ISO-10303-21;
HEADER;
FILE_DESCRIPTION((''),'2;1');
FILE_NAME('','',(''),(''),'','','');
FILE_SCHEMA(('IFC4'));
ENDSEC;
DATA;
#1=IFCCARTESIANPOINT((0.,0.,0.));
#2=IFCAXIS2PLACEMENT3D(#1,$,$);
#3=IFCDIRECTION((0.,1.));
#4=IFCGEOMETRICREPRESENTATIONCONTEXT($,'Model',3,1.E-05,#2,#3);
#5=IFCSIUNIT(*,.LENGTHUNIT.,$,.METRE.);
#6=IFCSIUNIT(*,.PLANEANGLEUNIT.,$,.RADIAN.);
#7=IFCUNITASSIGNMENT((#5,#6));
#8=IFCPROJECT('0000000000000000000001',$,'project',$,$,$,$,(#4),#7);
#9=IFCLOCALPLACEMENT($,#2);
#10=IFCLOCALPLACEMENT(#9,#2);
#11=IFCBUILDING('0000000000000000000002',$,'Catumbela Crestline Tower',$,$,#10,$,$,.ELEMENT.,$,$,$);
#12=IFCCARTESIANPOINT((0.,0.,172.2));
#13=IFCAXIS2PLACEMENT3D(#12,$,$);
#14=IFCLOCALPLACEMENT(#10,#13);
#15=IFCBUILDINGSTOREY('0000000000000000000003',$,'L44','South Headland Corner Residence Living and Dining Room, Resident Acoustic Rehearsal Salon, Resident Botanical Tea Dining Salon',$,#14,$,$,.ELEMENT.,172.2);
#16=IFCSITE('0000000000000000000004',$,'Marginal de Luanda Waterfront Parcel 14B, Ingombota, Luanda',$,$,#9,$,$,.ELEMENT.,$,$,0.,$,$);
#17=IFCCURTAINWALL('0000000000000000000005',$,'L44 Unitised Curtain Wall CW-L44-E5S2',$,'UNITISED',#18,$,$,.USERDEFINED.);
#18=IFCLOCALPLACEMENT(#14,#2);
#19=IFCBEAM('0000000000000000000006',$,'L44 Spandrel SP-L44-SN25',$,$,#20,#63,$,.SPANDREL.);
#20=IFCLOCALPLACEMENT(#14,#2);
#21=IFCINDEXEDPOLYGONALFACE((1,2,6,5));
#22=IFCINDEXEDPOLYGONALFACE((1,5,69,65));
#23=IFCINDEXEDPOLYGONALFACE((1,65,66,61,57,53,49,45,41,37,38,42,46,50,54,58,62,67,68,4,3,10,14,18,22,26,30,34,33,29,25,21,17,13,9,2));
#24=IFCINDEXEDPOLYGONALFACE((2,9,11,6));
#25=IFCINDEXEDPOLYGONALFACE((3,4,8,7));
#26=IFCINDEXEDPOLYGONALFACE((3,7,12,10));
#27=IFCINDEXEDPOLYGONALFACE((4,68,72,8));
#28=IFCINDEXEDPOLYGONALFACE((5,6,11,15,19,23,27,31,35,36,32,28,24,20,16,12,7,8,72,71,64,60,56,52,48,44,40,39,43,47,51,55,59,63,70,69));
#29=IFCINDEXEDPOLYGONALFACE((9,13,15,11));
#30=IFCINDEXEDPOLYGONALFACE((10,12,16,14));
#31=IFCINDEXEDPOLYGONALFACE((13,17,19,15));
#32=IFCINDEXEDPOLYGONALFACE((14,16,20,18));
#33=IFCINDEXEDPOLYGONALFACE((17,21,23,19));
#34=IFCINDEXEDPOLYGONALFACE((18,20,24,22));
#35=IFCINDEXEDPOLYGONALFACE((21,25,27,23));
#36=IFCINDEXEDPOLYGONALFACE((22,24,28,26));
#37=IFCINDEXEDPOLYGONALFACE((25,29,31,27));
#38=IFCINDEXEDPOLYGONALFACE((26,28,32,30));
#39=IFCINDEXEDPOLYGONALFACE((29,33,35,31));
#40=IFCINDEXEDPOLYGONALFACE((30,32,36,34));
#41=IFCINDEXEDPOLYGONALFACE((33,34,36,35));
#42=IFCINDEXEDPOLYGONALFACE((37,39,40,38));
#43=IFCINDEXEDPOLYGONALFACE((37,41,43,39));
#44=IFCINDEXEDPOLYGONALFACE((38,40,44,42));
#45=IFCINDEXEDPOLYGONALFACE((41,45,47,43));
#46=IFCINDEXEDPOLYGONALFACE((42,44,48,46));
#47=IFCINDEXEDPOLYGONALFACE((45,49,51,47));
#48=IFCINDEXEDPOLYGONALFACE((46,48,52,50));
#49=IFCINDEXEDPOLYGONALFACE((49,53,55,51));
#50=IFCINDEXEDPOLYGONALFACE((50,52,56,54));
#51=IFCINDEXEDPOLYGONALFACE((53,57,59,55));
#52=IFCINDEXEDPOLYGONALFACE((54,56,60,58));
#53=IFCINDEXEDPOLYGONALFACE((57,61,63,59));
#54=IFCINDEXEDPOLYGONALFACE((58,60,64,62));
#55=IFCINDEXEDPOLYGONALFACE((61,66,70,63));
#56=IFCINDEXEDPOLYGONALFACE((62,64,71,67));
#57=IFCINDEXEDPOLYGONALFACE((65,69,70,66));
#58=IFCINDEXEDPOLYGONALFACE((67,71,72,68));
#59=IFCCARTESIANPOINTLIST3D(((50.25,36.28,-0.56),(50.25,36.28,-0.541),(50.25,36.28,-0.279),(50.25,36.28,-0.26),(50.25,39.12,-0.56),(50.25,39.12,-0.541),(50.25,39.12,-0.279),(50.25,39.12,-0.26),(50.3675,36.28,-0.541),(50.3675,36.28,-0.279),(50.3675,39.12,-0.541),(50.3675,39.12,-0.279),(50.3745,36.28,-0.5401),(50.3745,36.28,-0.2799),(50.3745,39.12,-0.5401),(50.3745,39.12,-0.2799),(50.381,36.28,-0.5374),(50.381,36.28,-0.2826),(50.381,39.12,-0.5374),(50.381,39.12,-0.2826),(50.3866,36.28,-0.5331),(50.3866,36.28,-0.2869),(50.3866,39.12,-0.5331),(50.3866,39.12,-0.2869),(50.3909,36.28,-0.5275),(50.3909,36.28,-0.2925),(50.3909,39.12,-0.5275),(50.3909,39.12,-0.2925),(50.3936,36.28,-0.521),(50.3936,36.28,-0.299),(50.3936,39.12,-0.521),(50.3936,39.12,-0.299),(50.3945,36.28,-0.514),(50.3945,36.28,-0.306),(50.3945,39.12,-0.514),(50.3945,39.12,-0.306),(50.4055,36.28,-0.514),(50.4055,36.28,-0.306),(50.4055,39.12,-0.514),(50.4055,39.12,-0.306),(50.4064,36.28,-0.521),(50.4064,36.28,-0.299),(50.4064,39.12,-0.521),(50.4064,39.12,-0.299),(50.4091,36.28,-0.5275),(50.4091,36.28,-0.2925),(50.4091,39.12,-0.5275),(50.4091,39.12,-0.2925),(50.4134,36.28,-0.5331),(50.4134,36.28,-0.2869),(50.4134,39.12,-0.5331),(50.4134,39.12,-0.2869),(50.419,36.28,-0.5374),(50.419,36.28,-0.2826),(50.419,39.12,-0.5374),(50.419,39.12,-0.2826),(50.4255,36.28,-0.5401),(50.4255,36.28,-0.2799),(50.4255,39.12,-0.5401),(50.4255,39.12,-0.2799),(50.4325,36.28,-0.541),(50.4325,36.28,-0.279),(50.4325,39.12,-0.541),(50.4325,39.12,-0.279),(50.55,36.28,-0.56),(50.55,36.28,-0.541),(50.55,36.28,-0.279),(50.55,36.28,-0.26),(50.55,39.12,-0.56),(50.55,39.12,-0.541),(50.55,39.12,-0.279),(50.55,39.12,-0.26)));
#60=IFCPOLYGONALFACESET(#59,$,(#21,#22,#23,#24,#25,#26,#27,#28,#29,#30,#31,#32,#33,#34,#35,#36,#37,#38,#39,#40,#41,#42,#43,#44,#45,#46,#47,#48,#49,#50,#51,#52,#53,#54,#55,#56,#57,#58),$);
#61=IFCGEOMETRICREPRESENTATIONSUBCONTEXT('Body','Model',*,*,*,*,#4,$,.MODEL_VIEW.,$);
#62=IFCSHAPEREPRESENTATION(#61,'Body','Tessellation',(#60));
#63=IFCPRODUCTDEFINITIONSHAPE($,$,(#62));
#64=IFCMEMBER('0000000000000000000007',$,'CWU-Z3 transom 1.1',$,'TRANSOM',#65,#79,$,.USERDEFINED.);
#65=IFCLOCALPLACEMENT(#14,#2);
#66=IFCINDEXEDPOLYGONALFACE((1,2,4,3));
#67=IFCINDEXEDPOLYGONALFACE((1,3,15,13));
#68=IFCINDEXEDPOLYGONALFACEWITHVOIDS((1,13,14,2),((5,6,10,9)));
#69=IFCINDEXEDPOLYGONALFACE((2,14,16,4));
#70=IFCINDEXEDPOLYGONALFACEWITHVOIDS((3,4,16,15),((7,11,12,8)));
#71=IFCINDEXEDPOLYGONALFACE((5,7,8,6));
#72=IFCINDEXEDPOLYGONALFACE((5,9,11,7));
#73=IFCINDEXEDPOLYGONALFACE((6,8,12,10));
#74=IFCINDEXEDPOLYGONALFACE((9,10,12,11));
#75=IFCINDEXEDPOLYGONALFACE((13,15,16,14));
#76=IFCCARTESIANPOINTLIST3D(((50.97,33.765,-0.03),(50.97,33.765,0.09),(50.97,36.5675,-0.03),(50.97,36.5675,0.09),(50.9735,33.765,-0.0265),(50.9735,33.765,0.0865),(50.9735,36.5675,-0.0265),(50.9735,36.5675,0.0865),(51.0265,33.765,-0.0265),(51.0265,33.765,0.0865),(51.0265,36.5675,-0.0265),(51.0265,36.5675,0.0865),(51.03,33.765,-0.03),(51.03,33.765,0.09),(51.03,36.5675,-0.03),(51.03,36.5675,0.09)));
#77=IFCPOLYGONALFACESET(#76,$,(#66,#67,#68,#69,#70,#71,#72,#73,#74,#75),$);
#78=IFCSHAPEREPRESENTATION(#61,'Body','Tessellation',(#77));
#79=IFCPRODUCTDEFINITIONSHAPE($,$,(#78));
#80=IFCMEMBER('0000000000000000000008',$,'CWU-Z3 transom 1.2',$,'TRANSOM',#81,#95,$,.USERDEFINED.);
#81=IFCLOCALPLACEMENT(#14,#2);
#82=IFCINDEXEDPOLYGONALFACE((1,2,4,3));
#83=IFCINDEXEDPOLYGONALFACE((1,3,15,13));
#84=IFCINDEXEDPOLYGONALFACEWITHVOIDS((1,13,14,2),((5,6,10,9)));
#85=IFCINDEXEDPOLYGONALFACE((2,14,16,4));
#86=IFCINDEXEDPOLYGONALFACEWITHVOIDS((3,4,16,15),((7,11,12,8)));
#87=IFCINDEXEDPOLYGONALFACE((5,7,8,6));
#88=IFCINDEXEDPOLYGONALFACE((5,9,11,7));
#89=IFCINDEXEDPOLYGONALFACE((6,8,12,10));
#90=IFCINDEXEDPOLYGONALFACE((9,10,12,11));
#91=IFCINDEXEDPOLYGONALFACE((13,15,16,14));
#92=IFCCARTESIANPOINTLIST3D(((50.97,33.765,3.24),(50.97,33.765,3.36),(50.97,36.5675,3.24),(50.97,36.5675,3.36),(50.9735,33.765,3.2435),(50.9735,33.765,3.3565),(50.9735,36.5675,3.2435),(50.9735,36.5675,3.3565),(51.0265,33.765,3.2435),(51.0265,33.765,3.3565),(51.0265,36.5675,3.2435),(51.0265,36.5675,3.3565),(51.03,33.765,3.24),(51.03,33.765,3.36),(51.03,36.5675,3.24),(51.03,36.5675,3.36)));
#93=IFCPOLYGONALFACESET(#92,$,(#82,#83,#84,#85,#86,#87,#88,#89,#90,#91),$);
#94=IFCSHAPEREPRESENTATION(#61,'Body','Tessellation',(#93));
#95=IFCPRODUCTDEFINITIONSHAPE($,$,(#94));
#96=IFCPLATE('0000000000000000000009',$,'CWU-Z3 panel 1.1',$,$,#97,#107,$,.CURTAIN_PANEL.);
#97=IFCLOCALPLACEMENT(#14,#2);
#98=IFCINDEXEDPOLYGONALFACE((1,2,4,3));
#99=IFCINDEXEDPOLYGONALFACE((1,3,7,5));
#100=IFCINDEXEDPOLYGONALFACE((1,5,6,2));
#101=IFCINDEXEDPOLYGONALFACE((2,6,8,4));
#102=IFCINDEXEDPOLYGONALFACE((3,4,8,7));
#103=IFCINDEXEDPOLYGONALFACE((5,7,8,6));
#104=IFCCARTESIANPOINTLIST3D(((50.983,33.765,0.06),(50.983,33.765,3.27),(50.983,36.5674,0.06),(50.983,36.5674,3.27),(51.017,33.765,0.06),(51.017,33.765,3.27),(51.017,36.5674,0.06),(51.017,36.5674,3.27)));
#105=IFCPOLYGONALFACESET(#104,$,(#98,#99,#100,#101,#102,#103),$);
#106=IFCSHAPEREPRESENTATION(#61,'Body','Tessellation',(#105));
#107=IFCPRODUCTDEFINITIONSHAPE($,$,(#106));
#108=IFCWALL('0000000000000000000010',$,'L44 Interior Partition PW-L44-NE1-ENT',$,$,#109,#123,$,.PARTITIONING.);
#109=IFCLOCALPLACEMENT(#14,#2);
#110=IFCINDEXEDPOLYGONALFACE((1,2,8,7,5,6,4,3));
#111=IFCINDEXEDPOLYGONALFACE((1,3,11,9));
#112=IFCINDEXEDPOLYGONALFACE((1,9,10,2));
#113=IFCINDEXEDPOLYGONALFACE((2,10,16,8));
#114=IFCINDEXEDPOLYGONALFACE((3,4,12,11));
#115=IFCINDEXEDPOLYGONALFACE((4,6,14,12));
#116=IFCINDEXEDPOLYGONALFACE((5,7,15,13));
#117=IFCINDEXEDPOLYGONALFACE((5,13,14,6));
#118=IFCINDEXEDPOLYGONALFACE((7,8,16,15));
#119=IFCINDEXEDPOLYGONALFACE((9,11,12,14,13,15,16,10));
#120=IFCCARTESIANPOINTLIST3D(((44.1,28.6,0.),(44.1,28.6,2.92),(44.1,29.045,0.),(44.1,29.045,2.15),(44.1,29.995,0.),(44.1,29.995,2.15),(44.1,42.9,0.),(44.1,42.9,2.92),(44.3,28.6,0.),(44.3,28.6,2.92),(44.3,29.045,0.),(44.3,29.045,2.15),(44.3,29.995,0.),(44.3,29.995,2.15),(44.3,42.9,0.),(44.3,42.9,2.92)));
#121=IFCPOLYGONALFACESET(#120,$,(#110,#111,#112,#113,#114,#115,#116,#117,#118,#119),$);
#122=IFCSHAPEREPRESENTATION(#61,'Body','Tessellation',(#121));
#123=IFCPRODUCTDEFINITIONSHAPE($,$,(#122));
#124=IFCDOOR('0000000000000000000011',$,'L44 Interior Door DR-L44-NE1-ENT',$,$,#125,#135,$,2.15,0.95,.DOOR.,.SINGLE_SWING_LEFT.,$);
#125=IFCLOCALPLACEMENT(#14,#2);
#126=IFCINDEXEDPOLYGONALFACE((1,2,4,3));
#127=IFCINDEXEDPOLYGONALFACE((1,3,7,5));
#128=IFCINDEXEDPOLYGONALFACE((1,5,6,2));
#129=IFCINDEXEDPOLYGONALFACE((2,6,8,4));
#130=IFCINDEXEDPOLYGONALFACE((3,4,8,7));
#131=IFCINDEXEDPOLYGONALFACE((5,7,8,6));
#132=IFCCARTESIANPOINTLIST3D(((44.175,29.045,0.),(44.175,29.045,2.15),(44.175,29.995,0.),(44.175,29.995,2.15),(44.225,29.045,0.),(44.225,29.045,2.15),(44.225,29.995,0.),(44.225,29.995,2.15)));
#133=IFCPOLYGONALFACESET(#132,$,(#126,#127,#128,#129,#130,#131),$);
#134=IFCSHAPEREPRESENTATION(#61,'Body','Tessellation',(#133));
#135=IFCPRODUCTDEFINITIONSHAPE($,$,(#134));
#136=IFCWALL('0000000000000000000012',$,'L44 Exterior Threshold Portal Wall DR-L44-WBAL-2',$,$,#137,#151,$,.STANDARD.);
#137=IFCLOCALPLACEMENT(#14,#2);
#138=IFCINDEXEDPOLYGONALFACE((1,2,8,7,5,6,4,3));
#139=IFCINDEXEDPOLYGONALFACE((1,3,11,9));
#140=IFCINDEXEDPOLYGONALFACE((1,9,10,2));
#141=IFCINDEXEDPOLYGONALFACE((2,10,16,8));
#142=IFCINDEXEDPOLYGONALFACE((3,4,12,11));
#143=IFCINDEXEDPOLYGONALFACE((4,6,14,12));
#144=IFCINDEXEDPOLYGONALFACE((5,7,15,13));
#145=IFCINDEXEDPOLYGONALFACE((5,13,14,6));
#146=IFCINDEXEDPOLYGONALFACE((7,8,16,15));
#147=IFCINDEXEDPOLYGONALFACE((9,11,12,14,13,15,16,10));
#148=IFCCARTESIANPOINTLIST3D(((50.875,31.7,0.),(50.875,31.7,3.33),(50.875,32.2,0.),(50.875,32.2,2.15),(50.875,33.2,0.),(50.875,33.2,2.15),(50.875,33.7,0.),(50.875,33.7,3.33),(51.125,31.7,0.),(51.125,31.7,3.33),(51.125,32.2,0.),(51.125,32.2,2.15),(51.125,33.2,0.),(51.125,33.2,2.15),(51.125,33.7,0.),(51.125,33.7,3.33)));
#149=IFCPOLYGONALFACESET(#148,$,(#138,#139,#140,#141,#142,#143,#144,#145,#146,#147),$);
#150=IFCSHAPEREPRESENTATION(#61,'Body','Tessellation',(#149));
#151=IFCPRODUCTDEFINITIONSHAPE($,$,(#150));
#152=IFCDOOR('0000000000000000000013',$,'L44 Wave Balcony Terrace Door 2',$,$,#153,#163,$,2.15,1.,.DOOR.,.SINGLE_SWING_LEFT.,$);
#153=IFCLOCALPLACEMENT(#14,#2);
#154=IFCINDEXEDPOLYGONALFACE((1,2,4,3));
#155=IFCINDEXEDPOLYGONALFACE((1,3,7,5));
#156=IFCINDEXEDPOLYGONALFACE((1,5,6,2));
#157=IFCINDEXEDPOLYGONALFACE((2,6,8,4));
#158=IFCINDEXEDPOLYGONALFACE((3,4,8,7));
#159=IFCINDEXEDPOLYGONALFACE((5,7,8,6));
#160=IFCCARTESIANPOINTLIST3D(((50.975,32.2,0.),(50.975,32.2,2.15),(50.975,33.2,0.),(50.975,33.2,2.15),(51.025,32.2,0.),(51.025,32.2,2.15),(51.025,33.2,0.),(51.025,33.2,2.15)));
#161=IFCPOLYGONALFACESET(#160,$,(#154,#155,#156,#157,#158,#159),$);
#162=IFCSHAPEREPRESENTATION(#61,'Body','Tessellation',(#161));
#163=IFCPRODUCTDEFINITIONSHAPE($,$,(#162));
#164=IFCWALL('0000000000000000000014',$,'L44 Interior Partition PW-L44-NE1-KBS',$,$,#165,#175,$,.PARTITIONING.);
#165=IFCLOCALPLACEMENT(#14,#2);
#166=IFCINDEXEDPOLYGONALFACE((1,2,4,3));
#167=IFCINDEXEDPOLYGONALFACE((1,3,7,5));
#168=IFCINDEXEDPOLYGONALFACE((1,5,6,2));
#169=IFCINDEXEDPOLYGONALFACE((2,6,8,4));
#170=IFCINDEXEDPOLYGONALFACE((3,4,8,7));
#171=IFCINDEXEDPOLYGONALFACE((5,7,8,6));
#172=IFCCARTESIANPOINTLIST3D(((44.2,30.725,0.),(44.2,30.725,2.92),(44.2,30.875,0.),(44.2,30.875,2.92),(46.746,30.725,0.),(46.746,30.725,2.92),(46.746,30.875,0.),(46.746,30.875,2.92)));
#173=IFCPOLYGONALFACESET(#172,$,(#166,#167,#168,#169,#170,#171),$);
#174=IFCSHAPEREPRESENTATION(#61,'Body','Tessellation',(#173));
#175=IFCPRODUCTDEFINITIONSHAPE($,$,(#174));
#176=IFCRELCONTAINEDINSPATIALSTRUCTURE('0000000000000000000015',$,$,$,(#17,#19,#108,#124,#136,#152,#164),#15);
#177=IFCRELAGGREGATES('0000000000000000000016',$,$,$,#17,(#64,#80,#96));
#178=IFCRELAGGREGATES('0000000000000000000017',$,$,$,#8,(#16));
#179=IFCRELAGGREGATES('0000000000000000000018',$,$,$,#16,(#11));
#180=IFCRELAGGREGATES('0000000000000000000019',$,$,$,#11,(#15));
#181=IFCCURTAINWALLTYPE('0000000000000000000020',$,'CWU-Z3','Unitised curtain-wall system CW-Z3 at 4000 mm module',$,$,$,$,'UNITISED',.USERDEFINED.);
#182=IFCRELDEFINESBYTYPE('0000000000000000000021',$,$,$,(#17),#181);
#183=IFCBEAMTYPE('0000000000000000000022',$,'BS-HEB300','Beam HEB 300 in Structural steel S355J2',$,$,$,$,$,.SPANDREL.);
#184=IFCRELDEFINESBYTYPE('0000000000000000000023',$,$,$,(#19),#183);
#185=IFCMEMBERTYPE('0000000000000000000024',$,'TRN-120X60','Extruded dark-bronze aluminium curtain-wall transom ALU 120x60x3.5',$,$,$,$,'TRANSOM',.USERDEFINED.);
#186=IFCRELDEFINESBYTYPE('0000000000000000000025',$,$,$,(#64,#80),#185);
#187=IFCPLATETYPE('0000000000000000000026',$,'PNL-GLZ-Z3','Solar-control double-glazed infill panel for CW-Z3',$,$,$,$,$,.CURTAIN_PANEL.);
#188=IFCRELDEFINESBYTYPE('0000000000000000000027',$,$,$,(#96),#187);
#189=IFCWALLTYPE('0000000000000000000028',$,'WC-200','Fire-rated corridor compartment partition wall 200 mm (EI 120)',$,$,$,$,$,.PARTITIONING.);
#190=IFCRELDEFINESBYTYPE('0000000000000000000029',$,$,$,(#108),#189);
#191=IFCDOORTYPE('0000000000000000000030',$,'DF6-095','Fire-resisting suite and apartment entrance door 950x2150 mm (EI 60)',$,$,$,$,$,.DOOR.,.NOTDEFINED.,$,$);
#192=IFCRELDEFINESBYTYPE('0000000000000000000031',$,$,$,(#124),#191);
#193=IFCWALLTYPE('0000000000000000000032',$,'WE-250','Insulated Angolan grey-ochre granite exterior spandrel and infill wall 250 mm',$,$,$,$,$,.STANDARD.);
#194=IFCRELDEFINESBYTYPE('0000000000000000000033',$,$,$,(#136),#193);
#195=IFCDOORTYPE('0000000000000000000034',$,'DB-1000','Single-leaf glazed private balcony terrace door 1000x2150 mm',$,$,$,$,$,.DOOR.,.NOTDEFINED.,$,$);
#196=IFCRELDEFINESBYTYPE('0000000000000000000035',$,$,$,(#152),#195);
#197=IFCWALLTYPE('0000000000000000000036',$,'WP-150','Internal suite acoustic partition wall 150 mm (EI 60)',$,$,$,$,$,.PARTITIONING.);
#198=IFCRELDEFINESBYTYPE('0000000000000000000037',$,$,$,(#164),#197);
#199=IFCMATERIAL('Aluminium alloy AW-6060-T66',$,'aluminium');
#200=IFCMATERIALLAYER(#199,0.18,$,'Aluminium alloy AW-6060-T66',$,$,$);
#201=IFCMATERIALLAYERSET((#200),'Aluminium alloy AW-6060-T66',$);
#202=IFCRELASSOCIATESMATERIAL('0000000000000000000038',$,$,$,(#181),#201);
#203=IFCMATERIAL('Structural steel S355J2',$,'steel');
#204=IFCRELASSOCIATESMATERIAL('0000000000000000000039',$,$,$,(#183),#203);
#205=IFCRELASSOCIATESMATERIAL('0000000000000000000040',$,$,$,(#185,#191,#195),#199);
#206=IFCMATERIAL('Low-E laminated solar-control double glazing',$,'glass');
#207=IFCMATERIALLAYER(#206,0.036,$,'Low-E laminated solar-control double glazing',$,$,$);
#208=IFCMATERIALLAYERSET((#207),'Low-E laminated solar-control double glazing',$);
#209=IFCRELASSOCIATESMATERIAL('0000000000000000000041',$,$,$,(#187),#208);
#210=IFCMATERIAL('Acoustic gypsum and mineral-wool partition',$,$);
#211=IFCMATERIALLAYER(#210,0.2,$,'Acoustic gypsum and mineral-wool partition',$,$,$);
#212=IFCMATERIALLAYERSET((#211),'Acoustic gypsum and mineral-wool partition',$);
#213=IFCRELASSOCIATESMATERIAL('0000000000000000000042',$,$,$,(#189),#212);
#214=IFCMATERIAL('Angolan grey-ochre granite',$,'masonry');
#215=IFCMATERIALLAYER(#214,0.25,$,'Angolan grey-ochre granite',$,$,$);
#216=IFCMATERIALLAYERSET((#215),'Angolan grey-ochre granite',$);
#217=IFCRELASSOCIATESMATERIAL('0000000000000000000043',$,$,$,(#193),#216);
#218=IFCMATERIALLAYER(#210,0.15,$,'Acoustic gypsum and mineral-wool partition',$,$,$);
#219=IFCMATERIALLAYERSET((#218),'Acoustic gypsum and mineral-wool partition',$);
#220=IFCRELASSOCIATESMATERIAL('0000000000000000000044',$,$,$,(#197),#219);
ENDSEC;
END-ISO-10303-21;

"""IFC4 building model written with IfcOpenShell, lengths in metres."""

from ifc_helpers import new_model, si_unit, direction, frame, frame_2d, origin, origin_2d, place, context, subcontext, project, spatial, rectangle, hollow_rectangle, i_section, extrude, material, layer, layer_set, material_profile, profile_set, type_object, element, fill, aggregate, save


model = new_model("IFC4")

# Units and contexts
model_context = context("Model", 3, precision=1e-05, world=origin(), true_north=direction((0.0, 1.0)))
body_context = subcontext(model_context, "Body", "Model", "MODEL_VIEW")
ifc_project = project(units=[si_unit("LENGTHUNIT", "METRE"), si_unit("PLANEANGLEUNIT", "RADIAN")], contexts=[model_context])

# Site, building, storey
site_placement = place(None, origin())
site = spatial("IfcSite", under=ifc_project, at=site_placement, Name="Marginal de Luanda Waterfront Parcel 14B, Ingombota, Luanda", CompositionType="ELEMENT", RefElevation=0.0)
building_placement = place(site_placement, origin())
building = spatial("IfcBuilding", under=site, at=building_placement, Name="Catumbela Crestline Tower", CompositionType="ELEMENT")
storey_placement = place(building_placement, frame((0.0, 0.0, 172.2)))
storey = spatial("IfcBuildingStorey", under=building, at=storey_placement, Name="L44", Description="South Headland Corner Residence Living and Dining Room, Resident Acoustic Rehearsal Salon, Resident Botanical Tea Dining Salon", CompositionType="ELEMENT", Elevation=172.2)

# Shared definitions
ifc_material_1 = material(Name="Structural steel S355J2", Category="steel")

# Curtain wall
ifc_material_2 = material(Name="Aluminium alloy AW-6060-T66", Category="aluminium")
ifc_layer_1 = layer(ifc_material_2, 0.18, Name="Aluminium alloy AW-6060-T66")
ifc_layer_set_1 = layer_set([ifc_layer_1], Name="Aluminium alloy AW-6060-T66")
curtain_wall_type = type_object("IfcCurtainWallType", Name="CWU-Z3", Description="Unitised curtain-wall system CW-Z3 at 4000 mm module", ElementType="UNITISED", PredefinedType="USERDEFINED", material=ifc_layer_set_1)
curtain_wall_placement = place(storey_placement, origin())
curtain_wall = element("IfcCurtainWall", 1, at=curtain_wall_placement, inside=storey, type_object=curtain_wall_type, Name="L44 Unitised Curtain Wall CW-L44-E5S2", ObjectType="UNITISED", PredefinedType="USERDEFINED")

# Beam
ifc_material_profile_1 = material_profile(ifc_material_1, i_section(OverallWidth=0.3, OverallDepth=0.3, WebThickness=0.011, FlangeThickness=0.019, FilletRadius=0.027, at=origin_2d()), Name="HEB 300")
ifc_profile_set_1 = profile_set([ifc_material_profile_1], Name="Structural steel S355J2")
beam_type_1 = type_object("IfcBeamType", Name="BS-HEB300", Description="Beam HEB 300 in Structural steel S355J2", PredefinedType="SPANDREL", material=ifc_profile_set_1)
beam_1_placement = place(storey_placement, frame((50.4, 36.28, -0.41), z_axis=(0.0, 1.0, 0.0), x_axis=(-1.0, 0.0, 0.0)))
element("IfcBeam", 2, at=beam_1_placement, inside=storey, type_object=beam_type_1, Name="L44 Spandrel SP-L44-SN25", PredefinedType="SPANDREL", context=body_context, shape_type="SweptSolid", body=[
    extrude(i_section(OverallWidth=0.3, OverallDepth=0.3, WebThickness=0.011, FlangeThickness=0.019, FilletRadius=0.027, at=origin_2d()), origin(), (0.0, 0.0, 1.0), 2.84),
])

# Members
ifc_material_profile_2 = material_profile(ifc_material_2, hollow_rectangle(XDim=0.06, YDim=0.12, WallThickness=0.0035, at=origin_2d()), Name="ALU 120x60x3.5")
ifc_profile_set_2 = profile_set([ifc_material_profile_2], Name="Aluminium alloy AW-6060-T66")
member_type_1 = type_object("IfcMemberType", Name="TRN-120X60", Description="Extruded dark-bronze aluminium curtain-wall transom ALU 120x60x3.5", ElementType="TRANSOM", PredefinedType="USERDEFINED", material=ifc_profile_set_2)
member_1_placement = place(storey_placement, frame((51.0, 33.765, 0.03), z_axis=(0.0, 1.0, 0.0), x_axis=(-1.0, 0.0, 0.0)))
member_1 = element("IfcMember", 3, at=member_1_placement, type_object=member_type_1, Name="CWU-Z3 transom 1.1", ObjectType="TRANSOM", PredefinedType="USERDEFINED", context=body_context, shape_type="SweptSolid", body=[
    extrude(hollow_rectangle(XDim=0.06, YDim=0.12, WallThickness=0.0035, at=origin_2d()), origin(), (0.0, 0.0, 1.0), 2.8025),
])
member_2_placement = place(storey_placement, frame((51.0, 33.765, 3.3), z_axis=(0.0, 1.0, 0.0), x_axis=(-1.0, 0.0, 0.0)))
member_2 = element("IfcMember", 4, at=member_2_placement, type_object=member_type_1, Name="CWU-Z3 transom 1.2", ObjectType="TRANSOM", PredefinedType="USERDEFINED", context=body_context, shape_type="SweptSolid", body=[
    extrude(hollow_rectangle(XDim=0.06, YDim=0.12, WallThickness=0.0035, at=origin_2d()), origin(), (0.0, 0.0, 1.0), 2.8025),
])

# Plate
ifc_material_3 = material(Name="Low-E laminated solar-control double glazing", Category="glass")
ifc_layer_2 = layer(ifc_material_3, 0.036, Name="Low-E laminated solar-control double glazing")
ifc_layer_set_2 = layer_set([ifc_layer_2], Name="Low-E laminated solar-control double glazing")
plate_type = type_object("IfcPlateType", Name="PNL-GLZ-Z3", Description="Solar-control double-glazed infill panel for CW-Z3", PredefinedType="CURTAIN_PANEL", material=ifc_layer_set_2)
plate_placement = place(storey_placement, frame((51.0, 35.1662, 0.06), z_axis=(0.0, 0.0, 1.0), x_axis=(0.0, 1.0, 0.0)))
plate = element("IfcPlate", 5, at=plate_placement, type_object=plate_type, Name="CWU-Z3 panel 1.1", PredefinedType="CURTAIN_PANEL", context=body_context, shape_type="SweptSolid", body=[
    extrude(rectangle(XDim=2.8025, YDim=0.034, at=origin_2d()), origin(), (0.0, 0.0, 1.0), 3.21),
])
aggregate(curtain_wall, [member_1, member_2, plate])

# Walls, openings, doors
ifc_material_4 = material(Name="Acoustic gypsum and mineral-wool partition")
ifc_layer_3 = layer(ifc_material_4, 0.2, Name="Acoustic gypsum and mineral-wool partition")
ifc_layer_set_3 = layer_set([ifc_layer_3], Name="Acoustic gypsum and mineral-wool partition")
wall_type_1 = type_object("IfcWallType", Name="WC-200", Description="Fire-rated corridor compartment partition wall 200 mm (EI 120)", PredefinedType="PARTITIONING", material=ifc_layer_set_3)
wall_1_placement = place(storey_placement, frame((44.2, 28.6, 0.0), z_axis=(0.0, 0.0, 1.0), x_axis=(0.0, 1.0, 0.0)))
wall_1 = element("IfcWall", 6, at=wall_1_placement, inside=storey, type_object=wall_type_1, Name="L44 Interior Partition PW-L44-NE1-ENT", PredefinedType="PARTITIONING", context=body_context, shape_type="SweptSolid", body=[
    extrude(rectangle(XDim=14.3, YDim=0.2, at=frame_2d((7.15, 0.0))), origin(), (0.0, 0.0, 1.0), 2.92),
])
opening_1_placement = place(wall_1_placement, frame((0.445, 0.0, 0.0)))
opening_1 = element("IfcOpeningElement", 7, at=opening_1_placement, cuts=wall_1, PredefinedType="OPENING", context=body_context, shape_type="SweptSolid", body=[
    extrude(rectangle(XDim=0.95, YDim=2.15, at=frame_2d((0.475, 1.075))), frame((0.0, 0.11, 0.0), z_axis=(0.0, -1.0, 0.0), x_axis=(1.0, 0.0, 0.0)), (0.0, 0.0, 1.0), 0.22),
])
door_type_1 = type_object("IfcDoorType", Name="DF6-095", Description="Fire-resisting suite and apartment entrance door 950x2150 mm (EI 60)", OperationType="NOTDEFINED", PredefinedType="DOOR", material=ifc_material_2)
door_1_placement = place(opening_1_placement, origin())
door_1 = element("IfcDoor", 8, at=door_1_placement, inside=storey, type_object=door_type_1, Name="L44 Interior Door DR-L44-NE1-ENT", OperationType="SINGLE_SWING_LEFT", OverallHeight=2.15, OverallWidth=0.95, PredefinedType="DOOR", context=body_context, shape_type="SweptSolid", body=[
    extrude(rectangle(XDim=0.95, YDim=2.15, at=frame_2d((0.475, 1.075))), frame((0.0, 0.025, 0.0), z_axis=(0.0, -1.0, 0.0), x_axis=(1.0, 0.0, 0.0)), (0.0, 0.0, 1.0), 0.05),
])
fill(opening_1, door_1)
ifc_material_5 = material(Name="Angolan grey-ochre granite", Category="masonry")
ifc_layer_4 = layer(ifc_material_5, 0.25, Name="Angolan grey-ochre granite")
ifc_layer_set_4 = layer_set([ifc_layer_4], Name="Angolan grey-ochre granite")
wall_type_2 = type_object("IfcWallType", Name="WE-250", Description="Insulated Angolan grey-ochre granite exterior spandrel and infill wall 250 mm", PredefinedType="STANDARD", material=ifc_layer_set_4)
wall_2_placement = place(storey_placement, frame((51.0, 31.7, 0.0), z_axis=(0.0, 0.0, 1.0), x_axis=(0.0, 1.0, 0.0)))
wall_2 = element("IfcWall", 9, at=wall_2_placement, inside=storey, type_object=wall_type_2, Name="L44 Exterior Threshold Portal Wall DR-L44-WBAL-2", PredefinedType="STANDARD", context=body_context, shape_type="SweptSolid", body=[
    extrude(rectangle(XDim=2.0, YDim=0.25, at=frame_2d((1.0, 0.0))), origin(), (0.0, 0.0, 1.0), 3.33),
])
opening_2_placement = place(wall_2_placement, frame((0.5, 0.0, 0.0)))
opening_2 = element("IfcOpeningElement", 10, at=opening_2_placement, cuts=wall_2, PredefinedType="OPENING", context=body_context, shape_type="SweptSolid", body=[
    extrude(rectangle(XDim=1.0, YDim=2.15, at=frame_2d((0.5, 1.075))), frame((0.0, 0.135, 0.0), z_axis=(0.0, -1.0, 0.0), x_axis=(1.0, 0.0, 0.0)), (0.0, 0.0, 1.0), 0.27),
])
door_type_2 = type_object("IfcDoorType", Name="DB-1000", Description="Single-leaf glazed private balcony terrace door 1000x2150 mm", OperationType="NOTDEFINED", PredefinedType="DOOR", material=ifc_material_2)
door_2_placement = place(opening_2_placement, origin())
door_2 = element("IfcDoor", 11, at=door_2_placement, inside=storey, type_object=door_type_2, Name="L44 Wave Balcony Terrace Door 2", OperationType="SINGLE_SWING_LEFT", OverallHeight=2.15, OverallWidth=1.0, PredefinedType="DOOR", context=body_context, shape_type="SweptSolid", body=[
    extrude(rectangle(XDim=1.0, YDim=2.15, at=frame_2d((0.5, 1.075))), frame((0.0, 0.025, 0.0), z_axis=(0.0, -1.0, 0.0), x_axis=(1.0, 0.0, 0.0)), (0.0, 0.0, 1.0), 0.05),
])
fill(opening_2, door_2)

# Wall
ifc_layer_5 = layer(ifc_material_4, 0.15, Name="Acoustic gypsum and mineral-wool partition")
ifc_layer_set_5 = layer_set([ifc_layer_5], Name="Acoustic gypsum and mineral-wool partition")
wall_type_3 = type_object("IfcWallType", Name="WP-150", Description="Internal suite acoustic partition wall 150 mm (EI 60)", PredefinedType="PARTITIONING", material=ifc_layer_set_5)
for number, where, z_axis, x_axis, name in (
    (12, (44.2, 30.8, 0.0), (0.0, 0.0, 1.0), (1.0, 0.0, 0.0), "L44 Interior Partition PW-L44-NE1-KBS"),
):
    element("IfcWall", number, at=place(storey_placement, frame(where, z_axis=z_axis, x_axis=x_axis)), inside=storey, type_object=wall_type_3, Name=name, PredefinedType="PARTITIONING", context=body_context, shape_type="SweptSolid", body=[
        extrude(rectangle(XDim=2.546, YDim=0.15, at=frame_2d((1.273, 0.0))), origin(), (0.0, 0.0, 1.0), 2.92),
    ])

save(model, "model.ifc")
